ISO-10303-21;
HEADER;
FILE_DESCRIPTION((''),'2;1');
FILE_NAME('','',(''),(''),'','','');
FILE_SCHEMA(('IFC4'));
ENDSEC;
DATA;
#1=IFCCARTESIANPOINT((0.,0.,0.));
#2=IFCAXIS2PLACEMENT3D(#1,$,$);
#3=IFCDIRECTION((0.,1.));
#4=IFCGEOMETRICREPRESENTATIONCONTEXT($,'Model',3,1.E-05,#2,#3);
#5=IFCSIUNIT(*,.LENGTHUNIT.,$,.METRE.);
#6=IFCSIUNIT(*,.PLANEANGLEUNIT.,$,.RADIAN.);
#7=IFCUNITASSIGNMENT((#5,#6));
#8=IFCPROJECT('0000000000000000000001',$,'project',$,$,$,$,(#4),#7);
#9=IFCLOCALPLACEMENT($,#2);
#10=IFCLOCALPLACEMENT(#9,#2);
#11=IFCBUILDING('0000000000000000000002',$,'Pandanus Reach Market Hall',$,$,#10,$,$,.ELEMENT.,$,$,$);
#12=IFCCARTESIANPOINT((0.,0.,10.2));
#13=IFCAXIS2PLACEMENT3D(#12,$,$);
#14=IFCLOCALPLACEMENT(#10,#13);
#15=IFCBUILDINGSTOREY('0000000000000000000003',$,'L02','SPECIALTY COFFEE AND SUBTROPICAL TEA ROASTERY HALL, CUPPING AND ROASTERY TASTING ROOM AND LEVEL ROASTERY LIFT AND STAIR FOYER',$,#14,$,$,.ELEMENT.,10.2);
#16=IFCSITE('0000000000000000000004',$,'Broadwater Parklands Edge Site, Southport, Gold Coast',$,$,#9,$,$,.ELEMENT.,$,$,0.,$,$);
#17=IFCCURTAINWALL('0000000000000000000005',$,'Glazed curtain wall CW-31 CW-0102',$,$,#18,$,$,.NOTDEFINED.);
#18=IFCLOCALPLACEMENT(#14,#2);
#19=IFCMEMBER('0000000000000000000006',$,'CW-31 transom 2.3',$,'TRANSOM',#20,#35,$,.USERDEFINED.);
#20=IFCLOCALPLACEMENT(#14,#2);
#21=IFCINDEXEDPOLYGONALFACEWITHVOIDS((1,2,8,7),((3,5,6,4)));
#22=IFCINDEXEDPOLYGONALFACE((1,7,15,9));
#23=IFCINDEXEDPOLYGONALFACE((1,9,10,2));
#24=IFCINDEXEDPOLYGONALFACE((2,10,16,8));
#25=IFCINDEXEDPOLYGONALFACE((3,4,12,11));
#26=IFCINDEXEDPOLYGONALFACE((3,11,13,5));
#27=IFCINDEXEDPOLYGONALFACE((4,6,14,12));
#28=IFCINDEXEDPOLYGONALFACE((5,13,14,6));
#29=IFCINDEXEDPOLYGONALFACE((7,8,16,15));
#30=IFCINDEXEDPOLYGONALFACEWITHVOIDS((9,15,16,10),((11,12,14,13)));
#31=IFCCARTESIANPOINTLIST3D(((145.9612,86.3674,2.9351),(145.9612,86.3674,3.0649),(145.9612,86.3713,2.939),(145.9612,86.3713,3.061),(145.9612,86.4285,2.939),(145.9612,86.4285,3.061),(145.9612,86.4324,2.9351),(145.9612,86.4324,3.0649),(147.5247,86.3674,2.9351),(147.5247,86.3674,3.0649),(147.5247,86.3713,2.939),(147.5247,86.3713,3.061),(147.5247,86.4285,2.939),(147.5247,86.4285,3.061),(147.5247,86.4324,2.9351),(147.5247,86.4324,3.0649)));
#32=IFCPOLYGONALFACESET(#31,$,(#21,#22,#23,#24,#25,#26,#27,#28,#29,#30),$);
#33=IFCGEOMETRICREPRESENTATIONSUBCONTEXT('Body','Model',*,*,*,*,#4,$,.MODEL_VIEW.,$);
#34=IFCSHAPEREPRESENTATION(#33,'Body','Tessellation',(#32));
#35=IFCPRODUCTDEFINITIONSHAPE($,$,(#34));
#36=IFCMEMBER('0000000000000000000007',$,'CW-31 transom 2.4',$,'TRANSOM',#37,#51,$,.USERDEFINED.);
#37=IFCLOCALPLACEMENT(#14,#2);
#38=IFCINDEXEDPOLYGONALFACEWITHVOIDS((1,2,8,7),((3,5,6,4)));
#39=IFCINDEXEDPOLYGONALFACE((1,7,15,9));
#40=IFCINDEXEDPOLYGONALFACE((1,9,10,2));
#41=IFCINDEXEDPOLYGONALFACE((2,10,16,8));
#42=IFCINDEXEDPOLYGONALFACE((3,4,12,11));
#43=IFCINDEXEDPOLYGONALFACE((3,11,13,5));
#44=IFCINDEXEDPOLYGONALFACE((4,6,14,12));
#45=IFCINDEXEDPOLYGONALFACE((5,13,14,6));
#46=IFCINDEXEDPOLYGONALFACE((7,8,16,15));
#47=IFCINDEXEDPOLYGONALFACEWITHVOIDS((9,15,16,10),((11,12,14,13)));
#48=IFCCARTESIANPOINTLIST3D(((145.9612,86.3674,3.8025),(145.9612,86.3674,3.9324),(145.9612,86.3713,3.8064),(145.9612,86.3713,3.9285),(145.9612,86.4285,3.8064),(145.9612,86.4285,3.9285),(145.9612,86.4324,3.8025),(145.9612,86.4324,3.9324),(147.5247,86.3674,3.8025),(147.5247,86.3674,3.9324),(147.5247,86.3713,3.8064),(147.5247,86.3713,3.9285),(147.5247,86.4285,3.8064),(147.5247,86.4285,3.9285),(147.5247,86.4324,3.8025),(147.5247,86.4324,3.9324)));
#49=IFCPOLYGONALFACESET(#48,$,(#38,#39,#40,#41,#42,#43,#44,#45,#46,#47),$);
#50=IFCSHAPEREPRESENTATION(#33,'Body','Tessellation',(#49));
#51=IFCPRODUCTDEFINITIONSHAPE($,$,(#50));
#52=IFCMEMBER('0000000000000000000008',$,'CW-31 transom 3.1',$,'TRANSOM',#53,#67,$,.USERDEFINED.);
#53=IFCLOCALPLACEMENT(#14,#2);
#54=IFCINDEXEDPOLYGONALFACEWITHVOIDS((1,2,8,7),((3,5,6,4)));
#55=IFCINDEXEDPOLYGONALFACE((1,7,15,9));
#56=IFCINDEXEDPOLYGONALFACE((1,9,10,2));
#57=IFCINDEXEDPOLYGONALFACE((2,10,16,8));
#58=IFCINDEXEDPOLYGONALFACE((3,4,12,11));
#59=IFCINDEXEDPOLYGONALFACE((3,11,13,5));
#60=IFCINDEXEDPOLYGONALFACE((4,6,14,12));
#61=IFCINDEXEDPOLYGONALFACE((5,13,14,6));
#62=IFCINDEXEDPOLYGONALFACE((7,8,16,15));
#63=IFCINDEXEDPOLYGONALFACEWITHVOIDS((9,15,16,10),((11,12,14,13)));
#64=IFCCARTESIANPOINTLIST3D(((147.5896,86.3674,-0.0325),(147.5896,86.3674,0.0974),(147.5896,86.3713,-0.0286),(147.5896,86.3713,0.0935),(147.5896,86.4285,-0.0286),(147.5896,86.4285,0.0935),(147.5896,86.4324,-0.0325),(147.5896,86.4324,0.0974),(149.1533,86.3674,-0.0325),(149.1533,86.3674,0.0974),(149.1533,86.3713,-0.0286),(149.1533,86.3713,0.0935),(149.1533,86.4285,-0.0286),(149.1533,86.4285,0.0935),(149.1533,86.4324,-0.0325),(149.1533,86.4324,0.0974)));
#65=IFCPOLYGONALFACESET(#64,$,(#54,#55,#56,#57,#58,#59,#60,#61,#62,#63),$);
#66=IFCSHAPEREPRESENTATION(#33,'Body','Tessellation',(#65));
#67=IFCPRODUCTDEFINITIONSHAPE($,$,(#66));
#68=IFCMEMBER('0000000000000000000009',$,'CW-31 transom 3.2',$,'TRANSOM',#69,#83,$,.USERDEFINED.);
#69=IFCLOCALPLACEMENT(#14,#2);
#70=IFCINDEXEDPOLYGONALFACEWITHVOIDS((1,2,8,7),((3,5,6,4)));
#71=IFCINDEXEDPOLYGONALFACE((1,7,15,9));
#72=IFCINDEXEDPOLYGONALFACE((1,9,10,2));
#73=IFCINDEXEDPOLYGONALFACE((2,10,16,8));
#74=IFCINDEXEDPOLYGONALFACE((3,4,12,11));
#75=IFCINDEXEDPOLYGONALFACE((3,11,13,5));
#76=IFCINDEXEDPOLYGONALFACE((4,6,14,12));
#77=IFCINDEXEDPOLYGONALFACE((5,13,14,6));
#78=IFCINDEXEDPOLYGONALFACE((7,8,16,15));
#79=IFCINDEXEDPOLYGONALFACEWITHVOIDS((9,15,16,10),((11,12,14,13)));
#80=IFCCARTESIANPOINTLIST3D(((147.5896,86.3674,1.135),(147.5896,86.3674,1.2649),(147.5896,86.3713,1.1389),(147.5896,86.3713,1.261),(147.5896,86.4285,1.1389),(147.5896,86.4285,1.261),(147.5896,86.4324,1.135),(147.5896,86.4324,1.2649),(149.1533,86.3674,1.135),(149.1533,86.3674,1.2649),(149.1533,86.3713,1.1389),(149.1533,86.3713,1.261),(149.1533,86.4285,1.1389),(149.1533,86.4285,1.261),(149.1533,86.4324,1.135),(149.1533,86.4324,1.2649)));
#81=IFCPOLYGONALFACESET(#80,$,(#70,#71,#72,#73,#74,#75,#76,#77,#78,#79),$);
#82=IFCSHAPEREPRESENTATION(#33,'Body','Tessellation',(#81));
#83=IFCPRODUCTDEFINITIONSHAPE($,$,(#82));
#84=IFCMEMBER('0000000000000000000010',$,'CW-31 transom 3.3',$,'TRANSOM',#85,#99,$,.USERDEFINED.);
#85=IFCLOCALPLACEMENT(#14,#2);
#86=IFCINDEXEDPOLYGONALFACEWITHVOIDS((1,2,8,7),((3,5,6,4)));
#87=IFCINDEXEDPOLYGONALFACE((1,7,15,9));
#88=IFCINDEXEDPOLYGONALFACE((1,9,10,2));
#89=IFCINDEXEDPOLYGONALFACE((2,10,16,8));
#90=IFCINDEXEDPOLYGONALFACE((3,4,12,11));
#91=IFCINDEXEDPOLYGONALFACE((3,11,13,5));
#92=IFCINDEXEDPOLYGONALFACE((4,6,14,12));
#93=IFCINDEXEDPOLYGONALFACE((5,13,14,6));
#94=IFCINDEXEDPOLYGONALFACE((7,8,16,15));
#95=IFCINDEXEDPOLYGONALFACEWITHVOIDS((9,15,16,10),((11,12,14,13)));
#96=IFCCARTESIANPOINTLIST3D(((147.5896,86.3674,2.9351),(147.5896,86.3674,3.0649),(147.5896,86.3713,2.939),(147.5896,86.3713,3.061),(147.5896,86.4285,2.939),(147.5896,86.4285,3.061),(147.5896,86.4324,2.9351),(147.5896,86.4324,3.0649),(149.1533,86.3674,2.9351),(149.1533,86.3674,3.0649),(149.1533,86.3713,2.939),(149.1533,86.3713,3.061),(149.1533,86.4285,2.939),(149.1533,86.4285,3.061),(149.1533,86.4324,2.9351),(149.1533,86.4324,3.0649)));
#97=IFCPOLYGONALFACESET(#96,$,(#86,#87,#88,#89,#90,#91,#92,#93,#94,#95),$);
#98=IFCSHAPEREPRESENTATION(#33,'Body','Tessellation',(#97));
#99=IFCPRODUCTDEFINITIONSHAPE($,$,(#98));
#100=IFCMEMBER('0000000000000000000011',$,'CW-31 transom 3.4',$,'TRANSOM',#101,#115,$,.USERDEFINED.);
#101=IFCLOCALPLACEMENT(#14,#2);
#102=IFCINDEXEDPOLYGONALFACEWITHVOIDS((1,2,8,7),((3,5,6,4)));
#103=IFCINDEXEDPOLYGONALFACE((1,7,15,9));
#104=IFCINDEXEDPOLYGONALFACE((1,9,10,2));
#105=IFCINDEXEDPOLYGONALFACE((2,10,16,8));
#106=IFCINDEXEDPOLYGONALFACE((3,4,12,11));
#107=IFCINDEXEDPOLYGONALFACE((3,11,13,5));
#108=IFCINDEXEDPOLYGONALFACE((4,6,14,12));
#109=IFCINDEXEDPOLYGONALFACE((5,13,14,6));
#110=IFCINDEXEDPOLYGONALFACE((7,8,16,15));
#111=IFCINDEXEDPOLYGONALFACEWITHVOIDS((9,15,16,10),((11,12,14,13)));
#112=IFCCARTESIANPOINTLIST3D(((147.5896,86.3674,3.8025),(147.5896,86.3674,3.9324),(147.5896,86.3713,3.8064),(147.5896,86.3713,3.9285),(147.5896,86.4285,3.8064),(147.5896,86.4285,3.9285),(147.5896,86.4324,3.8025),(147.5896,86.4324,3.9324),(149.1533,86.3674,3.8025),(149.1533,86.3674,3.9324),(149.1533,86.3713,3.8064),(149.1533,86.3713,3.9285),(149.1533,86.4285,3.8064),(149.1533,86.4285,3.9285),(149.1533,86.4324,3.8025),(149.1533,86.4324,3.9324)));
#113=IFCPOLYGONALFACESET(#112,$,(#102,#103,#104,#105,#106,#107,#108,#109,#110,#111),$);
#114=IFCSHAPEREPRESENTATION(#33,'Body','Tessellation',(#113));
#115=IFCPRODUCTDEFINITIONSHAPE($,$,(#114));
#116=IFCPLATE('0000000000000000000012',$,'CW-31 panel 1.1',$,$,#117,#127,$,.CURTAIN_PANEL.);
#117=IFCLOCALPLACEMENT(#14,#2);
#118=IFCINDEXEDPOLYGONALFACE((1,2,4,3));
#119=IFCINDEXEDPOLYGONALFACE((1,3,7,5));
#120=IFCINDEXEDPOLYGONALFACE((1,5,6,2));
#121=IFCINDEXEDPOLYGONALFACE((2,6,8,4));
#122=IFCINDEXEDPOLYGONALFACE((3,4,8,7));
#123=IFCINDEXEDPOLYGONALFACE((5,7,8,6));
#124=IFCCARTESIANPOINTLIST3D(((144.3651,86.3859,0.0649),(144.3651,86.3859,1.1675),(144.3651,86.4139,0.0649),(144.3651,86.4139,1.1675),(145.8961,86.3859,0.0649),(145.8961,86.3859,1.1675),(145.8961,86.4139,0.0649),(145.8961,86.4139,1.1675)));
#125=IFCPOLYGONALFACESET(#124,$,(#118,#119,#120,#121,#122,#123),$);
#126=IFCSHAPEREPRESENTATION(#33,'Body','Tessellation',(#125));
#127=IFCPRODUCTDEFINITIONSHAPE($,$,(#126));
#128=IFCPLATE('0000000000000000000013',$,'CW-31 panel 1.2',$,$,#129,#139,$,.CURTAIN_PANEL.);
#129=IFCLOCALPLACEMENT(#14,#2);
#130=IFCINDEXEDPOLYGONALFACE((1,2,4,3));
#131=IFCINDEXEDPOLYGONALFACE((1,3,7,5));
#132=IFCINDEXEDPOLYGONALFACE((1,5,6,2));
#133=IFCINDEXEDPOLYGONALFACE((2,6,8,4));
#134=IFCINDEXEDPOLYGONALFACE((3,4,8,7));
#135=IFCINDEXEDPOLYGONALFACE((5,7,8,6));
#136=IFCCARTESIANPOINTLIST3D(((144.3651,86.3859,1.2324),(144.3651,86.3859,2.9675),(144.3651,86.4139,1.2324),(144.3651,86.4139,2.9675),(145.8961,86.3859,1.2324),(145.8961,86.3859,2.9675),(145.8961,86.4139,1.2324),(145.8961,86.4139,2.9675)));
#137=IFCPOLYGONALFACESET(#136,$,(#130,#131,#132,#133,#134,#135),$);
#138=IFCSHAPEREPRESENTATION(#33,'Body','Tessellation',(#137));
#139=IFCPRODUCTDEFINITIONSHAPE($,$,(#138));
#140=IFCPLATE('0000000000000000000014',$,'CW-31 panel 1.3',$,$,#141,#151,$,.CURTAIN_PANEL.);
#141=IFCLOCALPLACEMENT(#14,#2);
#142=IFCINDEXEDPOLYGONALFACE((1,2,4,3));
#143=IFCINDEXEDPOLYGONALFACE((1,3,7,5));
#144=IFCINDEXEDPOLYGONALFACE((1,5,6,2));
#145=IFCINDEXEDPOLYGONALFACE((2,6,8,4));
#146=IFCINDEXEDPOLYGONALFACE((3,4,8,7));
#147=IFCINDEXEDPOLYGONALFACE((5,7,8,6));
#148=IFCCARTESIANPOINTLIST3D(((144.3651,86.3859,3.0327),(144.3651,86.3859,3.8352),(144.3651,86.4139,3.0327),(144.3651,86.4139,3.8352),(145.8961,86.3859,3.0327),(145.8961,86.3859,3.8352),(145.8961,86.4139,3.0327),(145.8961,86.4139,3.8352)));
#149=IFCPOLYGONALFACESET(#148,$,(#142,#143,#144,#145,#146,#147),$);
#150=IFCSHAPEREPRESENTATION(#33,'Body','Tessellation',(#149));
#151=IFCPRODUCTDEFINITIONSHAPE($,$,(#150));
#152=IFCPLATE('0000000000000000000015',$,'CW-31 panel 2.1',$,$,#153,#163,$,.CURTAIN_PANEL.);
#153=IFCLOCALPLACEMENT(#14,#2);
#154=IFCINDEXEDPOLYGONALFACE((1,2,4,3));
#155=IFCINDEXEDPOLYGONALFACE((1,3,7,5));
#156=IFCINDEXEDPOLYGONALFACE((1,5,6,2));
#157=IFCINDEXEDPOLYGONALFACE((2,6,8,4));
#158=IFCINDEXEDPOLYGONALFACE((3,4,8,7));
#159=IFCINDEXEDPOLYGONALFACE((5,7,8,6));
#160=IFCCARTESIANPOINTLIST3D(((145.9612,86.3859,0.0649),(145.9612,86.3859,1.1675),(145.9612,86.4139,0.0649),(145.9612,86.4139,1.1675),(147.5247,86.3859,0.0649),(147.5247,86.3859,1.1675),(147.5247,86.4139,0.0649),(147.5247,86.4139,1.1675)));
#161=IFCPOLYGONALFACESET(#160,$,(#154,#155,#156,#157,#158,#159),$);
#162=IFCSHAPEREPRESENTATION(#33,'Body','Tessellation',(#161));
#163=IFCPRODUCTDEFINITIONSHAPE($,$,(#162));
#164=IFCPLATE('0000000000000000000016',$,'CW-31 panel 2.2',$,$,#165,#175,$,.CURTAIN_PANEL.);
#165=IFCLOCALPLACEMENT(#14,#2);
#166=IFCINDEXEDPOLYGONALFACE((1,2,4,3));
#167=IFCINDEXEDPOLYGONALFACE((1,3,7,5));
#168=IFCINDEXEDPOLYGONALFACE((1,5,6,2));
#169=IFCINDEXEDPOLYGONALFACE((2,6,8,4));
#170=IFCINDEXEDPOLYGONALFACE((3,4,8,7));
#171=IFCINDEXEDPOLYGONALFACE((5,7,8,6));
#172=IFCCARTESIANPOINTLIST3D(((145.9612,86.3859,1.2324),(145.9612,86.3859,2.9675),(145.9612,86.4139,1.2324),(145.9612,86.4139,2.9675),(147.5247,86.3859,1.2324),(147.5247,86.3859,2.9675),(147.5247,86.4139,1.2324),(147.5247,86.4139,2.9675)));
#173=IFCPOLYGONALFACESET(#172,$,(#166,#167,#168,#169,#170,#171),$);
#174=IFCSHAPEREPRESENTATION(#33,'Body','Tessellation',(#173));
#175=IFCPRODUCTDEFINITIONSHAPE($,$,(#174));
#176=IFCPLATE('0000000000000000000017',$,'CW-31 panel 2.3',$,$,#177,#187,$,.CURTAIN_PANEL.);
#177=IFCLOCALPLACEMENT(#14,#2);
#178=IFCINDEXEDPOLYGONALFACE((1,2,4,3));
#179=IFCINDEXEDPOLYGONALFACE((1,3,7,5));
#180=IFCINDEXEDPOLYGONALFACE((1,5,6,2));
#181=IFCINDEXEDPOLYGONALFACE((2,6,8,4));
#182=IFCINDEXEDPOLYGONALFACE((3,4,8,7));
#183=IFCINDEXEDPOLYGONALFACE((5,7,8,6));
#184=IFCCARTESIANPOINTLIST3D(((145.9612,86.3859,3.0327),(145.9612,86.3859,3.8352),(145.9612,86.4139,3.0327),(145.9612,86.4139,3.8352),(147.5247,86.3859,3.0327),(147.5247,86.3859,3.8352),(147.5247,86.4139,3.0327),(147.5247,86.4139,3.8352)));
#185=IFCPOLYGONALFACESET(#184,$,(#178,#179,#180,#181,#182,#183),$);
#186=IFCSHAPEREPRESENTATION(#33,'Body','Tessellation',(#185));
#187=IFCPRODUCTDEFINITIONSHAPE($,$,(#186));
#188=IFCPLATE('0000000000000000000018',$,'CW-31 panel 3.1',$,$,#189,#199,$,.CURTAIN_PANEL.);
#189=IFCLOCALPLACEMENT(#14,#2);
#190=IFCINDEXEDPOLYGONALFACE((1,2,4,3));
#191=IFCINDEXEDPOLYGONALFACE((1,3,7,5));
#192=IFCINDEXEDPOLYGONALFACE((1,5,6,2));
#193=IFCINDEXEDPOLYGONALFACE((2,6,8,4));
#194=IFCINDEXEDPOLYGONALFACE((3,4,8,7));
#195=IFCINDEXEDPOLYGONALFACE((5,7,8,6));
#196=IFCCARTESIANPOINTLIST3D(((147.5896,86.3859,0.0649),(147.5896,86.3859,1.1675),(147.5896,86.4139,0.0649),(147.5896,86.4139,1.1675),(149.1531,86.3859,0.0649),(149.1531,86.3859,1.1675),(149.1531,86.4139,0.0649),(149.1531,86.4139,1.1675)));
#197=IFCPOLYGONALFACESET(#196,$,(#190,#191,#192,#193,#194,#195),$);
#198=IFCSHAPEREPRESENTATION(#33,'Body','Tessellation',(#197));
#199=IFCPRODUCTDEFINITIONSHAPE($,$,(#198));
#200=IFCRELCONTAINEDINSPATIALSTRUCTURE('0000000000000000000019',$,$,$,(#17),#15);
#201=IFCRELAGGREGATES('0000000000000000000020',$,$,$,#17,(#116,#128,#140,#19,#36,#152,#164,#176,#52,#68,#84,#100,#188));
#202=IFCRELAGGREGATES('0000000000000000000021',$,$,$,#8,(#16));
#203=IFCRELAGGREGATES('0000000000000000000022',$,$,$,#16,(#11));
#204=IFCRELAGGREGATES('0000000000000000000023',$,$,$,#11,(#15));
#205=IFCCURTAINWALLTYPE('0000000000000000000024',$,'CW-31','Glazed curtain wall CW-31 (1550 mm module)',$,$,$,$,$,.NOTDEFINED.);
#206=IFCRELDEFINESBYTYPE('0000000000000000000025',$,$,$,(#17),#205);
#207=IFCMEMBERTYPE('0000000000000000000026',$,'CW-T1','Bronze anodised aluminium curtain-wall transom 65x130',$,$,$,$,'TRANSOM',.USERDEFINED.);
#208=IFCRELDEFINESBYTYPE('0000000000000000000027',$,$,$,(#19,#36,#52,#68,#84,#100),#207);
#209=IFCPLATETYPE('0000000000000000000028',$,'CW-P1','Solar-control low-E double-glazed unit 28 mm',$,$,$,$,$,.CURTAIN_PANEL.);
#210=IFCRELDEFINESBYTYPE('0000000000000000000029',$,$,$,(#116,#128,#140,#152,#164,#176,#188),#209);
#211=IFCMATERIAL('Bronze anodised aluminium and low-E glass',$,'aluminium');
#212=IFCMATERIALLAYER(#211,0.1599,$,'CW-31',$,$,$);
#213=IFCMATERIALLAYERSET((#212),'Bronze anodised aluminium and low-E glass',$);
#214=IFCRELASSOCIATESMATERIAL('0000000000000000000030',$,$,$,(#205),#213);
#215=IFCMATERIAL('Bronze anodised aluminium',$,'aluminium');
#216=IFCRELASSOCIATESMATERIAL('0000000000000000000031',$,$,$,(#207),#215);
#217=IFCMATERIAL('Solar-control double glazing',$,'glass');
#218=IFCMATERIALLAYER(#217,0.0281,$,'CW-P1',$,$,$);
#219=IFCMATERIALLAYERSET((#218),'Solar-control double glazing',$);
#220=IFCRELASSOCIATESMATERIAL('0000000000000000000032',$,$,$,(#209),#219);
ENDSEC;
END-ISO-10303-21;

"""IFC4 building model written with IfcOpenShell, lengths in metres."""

from ifc_helpers import new_model, si_unit, direction, frame, origin, origin_2d, place, context, subcontext, project, spatial, rectangle, hollow_rectangle, extrude, material, layer, layer_set, material_profile, profile_set, type_object, element, aggregate, save


model = new_model("IFC4")

# Units and contexts
model_context = context("Model", 3, precision=1e-05, world=origin(), true_north=direction((0.0, 1.0)))
body_context = subcontext(model_context, "Body", "Model", "MODEL_VIEW")
ifc_project = project(units=[si_unit("LENGTHUNIT", "METRE"), si_unit("PLANEANGLEUNIT", "RADIAN")], contexts=[model_context])

# Site, building, storey
site_placement = place(None, origin())
site = spatial("IfcSite", under=ifc_project, at=site_placement, Name="Broadwater Parklands Edge Site, Southport, Gold Coast", CompositionType="ELEMENT", RefElevation=0.0)
building_placement = place(site_placement, origin())
building = spatial("IfcBuilding", under=site, at=building_placement, Name="Pandanus Reach Market Hall", CompositionType="ELEMENT")
storey_placement = place(building_placement, frame((0.0, 0.0, 10.2)))
storey = spatial("IfcBuildingStorey", under=building, at=storey_placement, Name="L02", Description="SPECIALTY COFFEE AND SUBTROPICAL TEA ROASTERY HALL, CUPPING AND ROASTERY TASTING ROOM AND LEVEL ROASTERY LIFT AND STAIR FOYER", CompositionType="ELEMENT", Elevation=10.2)

# Curtain wall
ifc_material_1 = material(Name="Bronze anodised aluminium and low-E glass", Category="aluminium")
ifc_layer_1 = layer(ifc_material_1, 0.1599, Name="CW-31")
ifc_layer_set_1 = layer_set([ifc_layer_1], Name="Bronze anodised aluminium and low-E glass")
curtain_wall_type_1 = type_object("IfcCurtainWallType", Name="CW-31", Description="Glazed curtain wall CW-31 (1550 mm module)", PredefinedType="NOTDEFINED", material=ifc_layer_set_1)
curtain_wall_1_placement = place(storey_placement, origin())
curtain_wall_1 = element("IfcCurtainWall", 1, at=curtain_wall_1_placement, inside=storey, type_object=curtain_wall_type_1, Name="Glazed curtain wall CW-31 CW-0102", PredefinedType="NOTDEFINED")
ifc_material_2 = material(Name="Bronze anodised aluminium", Category="aluminium")

# Members
ifc_material_profile_1 = material_profile(ifc_material_2, hollow_rectangle(XDim=0.0649, YDim=0.1299, WallThickness=0.0039, at=origin_2d()), Name="ALU65x130", Category="LoadBearing")
ifc_profile_set_1 = profile_set([ifc_material_profile_1], Name="Bronze anodised aluminium")
member_type_1 = type_object("IfcMemberType", Name="CW-T1", Description="Bronze anodised aluminium curtain-wall transom 65x130", ElementType="TRANSOM", PredefinedType="USERDEFINED", material=ifc_profile_set_1)
member_1_placement = place(storey_placement, frame((145.9612, 86.3999, 3.0), z_axis=(1.0, 0.0, 0.0), x_axis=(0.0, 1.0, 0.0)))
member_1 = element("IfcMember", 2, at=member_1_placement, type_object=member_type_1, Name="CW-31 transom 2.3", ObjectType="TRANSOM", PredefinedType="USERDEFINED", context=body_context, shape_type="SweptSolid", body=[
    extrude(hollow_rectangle(XDim=0.0649, YDim=0.1299, WallThickness=0.0039, at=origin_2d()), origin(), (0.0, 0.0, 1.0), 1.5635),
])
member_2_placement = place(storey_placement, frame((145.9612, 86.3999, 3.8674), z_axis=(1.0, 0.0, 0.0), x_axis=(0.0, 1.0, 0.0)))
member_2 = element("IfcMember", 3, at=member_2_placement, type_object=member_type_1, Name="CW-31 transom 2.4", ObjectType="TRANSOM", PredefinedType="USERDEFINED", context=body_context, shape_type="SweptSolid", body=[
    extrude(hollow_rectangle(XDim=0.0649, YDim=0.1299, WallThickness=0.0039, at=origin_2d()), origin(), (0.0, 0.0, 1.0), 1.5635),
])
member_3_placement = place(storey_placement, frame((147.5896, 86.3999, 0.0325), z_axis=(1.0, 0.0, 0.0), x_axis=(0.0, 1.0, 0.0)))
member_3 = element("IfcMember", 4, at=member_3_placement, type_object=member_type_1, Name="CW-31 transom 3.1", ObjectType="TRANSOM", PredefinedType="USERDEFINED", context=body_context, shape_type="SweptSolid", body=[
    extrude(hollow_rectangle(XDim=0.0649, YDim=0.1299, WallThickness=0.0039, at=origin_2d()), origin(), (0.0, 0.0, 1.0), 1.5637),
])
member_4_placement = place(storey_placement, frame((147.5896, 86.3999, 1.2), z_axis=(1.0, 0.0, 0.0), x_axis=(0.0, 1.0, 0.0)))
member_4 = element("IfcMember", 5, at=member_4_placement, type_object=member_type_1, Name="CW-31 transom 3.2", ObjectType="TRANSOM", PredefinedType="USERDEFINED", context=body_context, shape_type="SweptSolid", body=[
    extrude(hollow_rectangle(XDim=0.0649, YDim=0.1299, WallThickness=0.0039, at=origin_2d()), origin(), (0.0, 0.0, 1.0), 1.5637),
])
member_5_placement = place(storey_placement, frame((147.5896, 86.3999, 3.0), z_axis=(1.0, 0.0, 0.0), x_axis=(0.0, 1.0, 0.0)))
member_5 = element("IfcMember", 6, at=member_5_placement, type_object=member_type_1, Name="CW-31 transom 3.3", ObjectType="TRANSOM", PredefinedType="USERDEFINED", context=body_context, shape_type="SweptSolid", body=[
    extrude(hollow_rectangle(XDim=0.0649, YDim=0.1299, WallThickness=0.0039, at=origin_2d()), origin(), (0.0, 0.0, 1.0), 1.5637),
])
member_6_placement = place(storey_placement, frame((147.5896, 86.3999, 3.8674), z_axis=(1.0, 0.0, 0.0), x_axis=(0.0, 1.0, 0.0)))
member_6 = element("IfcMember", 7, at=member_6_placement, type_object=member_type_1, Name="CW-31 transom 3.4", ObjectType="TRANSOM", PredefinedType="USERDEFINED", context=body_context, shape_type="SweptSolid", body=[
    extrude(hollow_rectangle(XDim=0.0649, YDim=0.1299, WallThickness=0.0039, at=origin_2d()), origin(), (0.0, 0.0, 1.0), 1.5637),
])

# Plates
ifc_material_3 = material(Name="Solar-control double glazing", Category="glass")
ifc_layer_2 = layer(ifc_material_3, 0.0281, Name="CW-P1")
ifc_layer_set_2 = layer_set([ifc_layer_2], Name="Solar-control double glazing")
plate_type = type_object("IfcPlateType", Name="CW-P1", Description="Solar-control low-E double-glazed unit 28 mm", PredefinedType="CURTAIN_PANEL", material=ifc_layer_set_2)
plate_1_placement = place(storey_placement, frame((145.1306, 86.3999, 0.0649), z_axis=(0.0, 0.0, 1.0), x_axis=(1.0, 0.0, 0.0)))
plate_1 = element("IfcPlate", 8, at=plate_1_placement, type_object=plate_type, Name="CW-31 panel 1.1", PredefinedType="CURTAIN_PANEL", context=body_context, shape_type="SweptSolid", body=[
    extrude(rectangle(XDim=1.531, YDim=0.0281, at=origin_2d()), origin(), (0.0, 0.0, 1.0), 1.1025),
])
plate_2_placement = place(storey_placement, frame((145.1306, 86.3999, 1.2324), z_axis=(0.0, 0.0, 1.0), x_axis=(1.0, 0.0, 0.0)))
plate_2 = element("IfcPlate", 9, at=plate_2_placement, type_object=plate_type, Name="CW-31 panel 1.2", PredefinedType="CURTAIN_PANEL", context=body_context, shape_type="SweptSolid", body=[
    extrude(rectangle(XDim=1.531, YDim=0.0281, at=origin_2d()), origin(), (0.0, 0.0, 1.0), 1.7351),
])
plate_3_placement = place(storey_placement, frame((145.1306, 86.3999, 3.0327), z_axis=(0.0, 0.0, 1.0), x_axis=(1.0, 0.0, 0.0)))
plate_3 = element("IfcPlate", 10, at=plate_3_placement, type_object=plate_type, Name="CW-31 panel 1.3", PredefinedType="CURTAIN_PANEL", context=body_context, shape_type="SweptSolid", body=[
    extrude(rectangle(XDim=1.531, YDim=0.0281, at=origin_2d()), origin(), (0.0, 0.0, 1.0), 0.8025),
])
plate_4_placement = place(storey_placement, frame((146.7429, 86.3999, 0.0649), z_axis=(0.0, 0.0, 1.0), x_axis=(1.0, 0.0, 0.0)))
plate_4 = element("IfcPlate", 11, at=plate_4_placement, type_object=plate_type, Name="CW-31 panel 2.1", PredefinedType="CURTAIN_PANEL", context=body_context, shape_type="SweptSolid", body=[
    extrude(rectangle(XDim=1.5635, YDim=0.0281, at=origin_2d()), origin(), (0.0, 0.0, 1.0), 1.1025),
])
plate_5_placement = place(storey_placement, frame((146.7429, 86.3999, 1.2324), z_axis=(0.0, 0.0, 1.0), x_axis=(1.0, 0.0, 0.0)))
plate_5 = element("IfcPlate", 12, at=plate_5_placement, type_object=plate_type, Name="CW-31 panel 2.2", PredefinedType="CURTAIN_PANEL", context=body_context, shape_type="SweptSolid", body=[
    extrude(rectangle(XDim=1.5635, YDim=0.0281, at=origin_2d()), origin(), (0.0, 0.0, 1.0), 1.7351),
])
plate_6_placement = place(storey_placement, frame((146.7429, 86.3999, 3.0327), z_axis=(0.0, 0.0, 1.0), x_axis=(1.0, 0.0, 0.0)))
plate_6 = element("IfcPlate", 13, at=plate_6_placement, type_object=plate_type, Name="CW-31 panel 2.3", PredefinedType="CURTAIN_PANEL", context=body_context, shape_type="SweptSolid", body=[
    extrude(rectangle(XDim=1.5635, YDim=0.0281, at=origin_2d()), origin(), (0.0, 0.0, 1.0), 0.8025),
])
plate_7_placement = place(storey_placement, frame((148.3713, 86.3999, 0.0649), z_axis=(0.0, 0.0, 1.0), x_axis=(1.0, 0.0, 0.0)))
plate_7 = element("IfcPlate", 14, at=plate_7_placement, type_object=plate_type, Name="CW-31 panel 3.1", PredefinedType="CURTAIN_PANEL", context=body_context, shape_type="SweptSolid", body=[
    extrude(rectangle(XDim=1.5635, YDim=0.0281, at=origin_2d()), origin(), (0.0, 0.0, 1.0), 1.1025),
])
aggregate(curtain_wall_1, [plate_1, plate_2, plate_3, member_1, member_2, plate_4, plate_5, plate_6, member_3, member_4, member_5, member_6, plate_7])

save(model, "model.ifc")
